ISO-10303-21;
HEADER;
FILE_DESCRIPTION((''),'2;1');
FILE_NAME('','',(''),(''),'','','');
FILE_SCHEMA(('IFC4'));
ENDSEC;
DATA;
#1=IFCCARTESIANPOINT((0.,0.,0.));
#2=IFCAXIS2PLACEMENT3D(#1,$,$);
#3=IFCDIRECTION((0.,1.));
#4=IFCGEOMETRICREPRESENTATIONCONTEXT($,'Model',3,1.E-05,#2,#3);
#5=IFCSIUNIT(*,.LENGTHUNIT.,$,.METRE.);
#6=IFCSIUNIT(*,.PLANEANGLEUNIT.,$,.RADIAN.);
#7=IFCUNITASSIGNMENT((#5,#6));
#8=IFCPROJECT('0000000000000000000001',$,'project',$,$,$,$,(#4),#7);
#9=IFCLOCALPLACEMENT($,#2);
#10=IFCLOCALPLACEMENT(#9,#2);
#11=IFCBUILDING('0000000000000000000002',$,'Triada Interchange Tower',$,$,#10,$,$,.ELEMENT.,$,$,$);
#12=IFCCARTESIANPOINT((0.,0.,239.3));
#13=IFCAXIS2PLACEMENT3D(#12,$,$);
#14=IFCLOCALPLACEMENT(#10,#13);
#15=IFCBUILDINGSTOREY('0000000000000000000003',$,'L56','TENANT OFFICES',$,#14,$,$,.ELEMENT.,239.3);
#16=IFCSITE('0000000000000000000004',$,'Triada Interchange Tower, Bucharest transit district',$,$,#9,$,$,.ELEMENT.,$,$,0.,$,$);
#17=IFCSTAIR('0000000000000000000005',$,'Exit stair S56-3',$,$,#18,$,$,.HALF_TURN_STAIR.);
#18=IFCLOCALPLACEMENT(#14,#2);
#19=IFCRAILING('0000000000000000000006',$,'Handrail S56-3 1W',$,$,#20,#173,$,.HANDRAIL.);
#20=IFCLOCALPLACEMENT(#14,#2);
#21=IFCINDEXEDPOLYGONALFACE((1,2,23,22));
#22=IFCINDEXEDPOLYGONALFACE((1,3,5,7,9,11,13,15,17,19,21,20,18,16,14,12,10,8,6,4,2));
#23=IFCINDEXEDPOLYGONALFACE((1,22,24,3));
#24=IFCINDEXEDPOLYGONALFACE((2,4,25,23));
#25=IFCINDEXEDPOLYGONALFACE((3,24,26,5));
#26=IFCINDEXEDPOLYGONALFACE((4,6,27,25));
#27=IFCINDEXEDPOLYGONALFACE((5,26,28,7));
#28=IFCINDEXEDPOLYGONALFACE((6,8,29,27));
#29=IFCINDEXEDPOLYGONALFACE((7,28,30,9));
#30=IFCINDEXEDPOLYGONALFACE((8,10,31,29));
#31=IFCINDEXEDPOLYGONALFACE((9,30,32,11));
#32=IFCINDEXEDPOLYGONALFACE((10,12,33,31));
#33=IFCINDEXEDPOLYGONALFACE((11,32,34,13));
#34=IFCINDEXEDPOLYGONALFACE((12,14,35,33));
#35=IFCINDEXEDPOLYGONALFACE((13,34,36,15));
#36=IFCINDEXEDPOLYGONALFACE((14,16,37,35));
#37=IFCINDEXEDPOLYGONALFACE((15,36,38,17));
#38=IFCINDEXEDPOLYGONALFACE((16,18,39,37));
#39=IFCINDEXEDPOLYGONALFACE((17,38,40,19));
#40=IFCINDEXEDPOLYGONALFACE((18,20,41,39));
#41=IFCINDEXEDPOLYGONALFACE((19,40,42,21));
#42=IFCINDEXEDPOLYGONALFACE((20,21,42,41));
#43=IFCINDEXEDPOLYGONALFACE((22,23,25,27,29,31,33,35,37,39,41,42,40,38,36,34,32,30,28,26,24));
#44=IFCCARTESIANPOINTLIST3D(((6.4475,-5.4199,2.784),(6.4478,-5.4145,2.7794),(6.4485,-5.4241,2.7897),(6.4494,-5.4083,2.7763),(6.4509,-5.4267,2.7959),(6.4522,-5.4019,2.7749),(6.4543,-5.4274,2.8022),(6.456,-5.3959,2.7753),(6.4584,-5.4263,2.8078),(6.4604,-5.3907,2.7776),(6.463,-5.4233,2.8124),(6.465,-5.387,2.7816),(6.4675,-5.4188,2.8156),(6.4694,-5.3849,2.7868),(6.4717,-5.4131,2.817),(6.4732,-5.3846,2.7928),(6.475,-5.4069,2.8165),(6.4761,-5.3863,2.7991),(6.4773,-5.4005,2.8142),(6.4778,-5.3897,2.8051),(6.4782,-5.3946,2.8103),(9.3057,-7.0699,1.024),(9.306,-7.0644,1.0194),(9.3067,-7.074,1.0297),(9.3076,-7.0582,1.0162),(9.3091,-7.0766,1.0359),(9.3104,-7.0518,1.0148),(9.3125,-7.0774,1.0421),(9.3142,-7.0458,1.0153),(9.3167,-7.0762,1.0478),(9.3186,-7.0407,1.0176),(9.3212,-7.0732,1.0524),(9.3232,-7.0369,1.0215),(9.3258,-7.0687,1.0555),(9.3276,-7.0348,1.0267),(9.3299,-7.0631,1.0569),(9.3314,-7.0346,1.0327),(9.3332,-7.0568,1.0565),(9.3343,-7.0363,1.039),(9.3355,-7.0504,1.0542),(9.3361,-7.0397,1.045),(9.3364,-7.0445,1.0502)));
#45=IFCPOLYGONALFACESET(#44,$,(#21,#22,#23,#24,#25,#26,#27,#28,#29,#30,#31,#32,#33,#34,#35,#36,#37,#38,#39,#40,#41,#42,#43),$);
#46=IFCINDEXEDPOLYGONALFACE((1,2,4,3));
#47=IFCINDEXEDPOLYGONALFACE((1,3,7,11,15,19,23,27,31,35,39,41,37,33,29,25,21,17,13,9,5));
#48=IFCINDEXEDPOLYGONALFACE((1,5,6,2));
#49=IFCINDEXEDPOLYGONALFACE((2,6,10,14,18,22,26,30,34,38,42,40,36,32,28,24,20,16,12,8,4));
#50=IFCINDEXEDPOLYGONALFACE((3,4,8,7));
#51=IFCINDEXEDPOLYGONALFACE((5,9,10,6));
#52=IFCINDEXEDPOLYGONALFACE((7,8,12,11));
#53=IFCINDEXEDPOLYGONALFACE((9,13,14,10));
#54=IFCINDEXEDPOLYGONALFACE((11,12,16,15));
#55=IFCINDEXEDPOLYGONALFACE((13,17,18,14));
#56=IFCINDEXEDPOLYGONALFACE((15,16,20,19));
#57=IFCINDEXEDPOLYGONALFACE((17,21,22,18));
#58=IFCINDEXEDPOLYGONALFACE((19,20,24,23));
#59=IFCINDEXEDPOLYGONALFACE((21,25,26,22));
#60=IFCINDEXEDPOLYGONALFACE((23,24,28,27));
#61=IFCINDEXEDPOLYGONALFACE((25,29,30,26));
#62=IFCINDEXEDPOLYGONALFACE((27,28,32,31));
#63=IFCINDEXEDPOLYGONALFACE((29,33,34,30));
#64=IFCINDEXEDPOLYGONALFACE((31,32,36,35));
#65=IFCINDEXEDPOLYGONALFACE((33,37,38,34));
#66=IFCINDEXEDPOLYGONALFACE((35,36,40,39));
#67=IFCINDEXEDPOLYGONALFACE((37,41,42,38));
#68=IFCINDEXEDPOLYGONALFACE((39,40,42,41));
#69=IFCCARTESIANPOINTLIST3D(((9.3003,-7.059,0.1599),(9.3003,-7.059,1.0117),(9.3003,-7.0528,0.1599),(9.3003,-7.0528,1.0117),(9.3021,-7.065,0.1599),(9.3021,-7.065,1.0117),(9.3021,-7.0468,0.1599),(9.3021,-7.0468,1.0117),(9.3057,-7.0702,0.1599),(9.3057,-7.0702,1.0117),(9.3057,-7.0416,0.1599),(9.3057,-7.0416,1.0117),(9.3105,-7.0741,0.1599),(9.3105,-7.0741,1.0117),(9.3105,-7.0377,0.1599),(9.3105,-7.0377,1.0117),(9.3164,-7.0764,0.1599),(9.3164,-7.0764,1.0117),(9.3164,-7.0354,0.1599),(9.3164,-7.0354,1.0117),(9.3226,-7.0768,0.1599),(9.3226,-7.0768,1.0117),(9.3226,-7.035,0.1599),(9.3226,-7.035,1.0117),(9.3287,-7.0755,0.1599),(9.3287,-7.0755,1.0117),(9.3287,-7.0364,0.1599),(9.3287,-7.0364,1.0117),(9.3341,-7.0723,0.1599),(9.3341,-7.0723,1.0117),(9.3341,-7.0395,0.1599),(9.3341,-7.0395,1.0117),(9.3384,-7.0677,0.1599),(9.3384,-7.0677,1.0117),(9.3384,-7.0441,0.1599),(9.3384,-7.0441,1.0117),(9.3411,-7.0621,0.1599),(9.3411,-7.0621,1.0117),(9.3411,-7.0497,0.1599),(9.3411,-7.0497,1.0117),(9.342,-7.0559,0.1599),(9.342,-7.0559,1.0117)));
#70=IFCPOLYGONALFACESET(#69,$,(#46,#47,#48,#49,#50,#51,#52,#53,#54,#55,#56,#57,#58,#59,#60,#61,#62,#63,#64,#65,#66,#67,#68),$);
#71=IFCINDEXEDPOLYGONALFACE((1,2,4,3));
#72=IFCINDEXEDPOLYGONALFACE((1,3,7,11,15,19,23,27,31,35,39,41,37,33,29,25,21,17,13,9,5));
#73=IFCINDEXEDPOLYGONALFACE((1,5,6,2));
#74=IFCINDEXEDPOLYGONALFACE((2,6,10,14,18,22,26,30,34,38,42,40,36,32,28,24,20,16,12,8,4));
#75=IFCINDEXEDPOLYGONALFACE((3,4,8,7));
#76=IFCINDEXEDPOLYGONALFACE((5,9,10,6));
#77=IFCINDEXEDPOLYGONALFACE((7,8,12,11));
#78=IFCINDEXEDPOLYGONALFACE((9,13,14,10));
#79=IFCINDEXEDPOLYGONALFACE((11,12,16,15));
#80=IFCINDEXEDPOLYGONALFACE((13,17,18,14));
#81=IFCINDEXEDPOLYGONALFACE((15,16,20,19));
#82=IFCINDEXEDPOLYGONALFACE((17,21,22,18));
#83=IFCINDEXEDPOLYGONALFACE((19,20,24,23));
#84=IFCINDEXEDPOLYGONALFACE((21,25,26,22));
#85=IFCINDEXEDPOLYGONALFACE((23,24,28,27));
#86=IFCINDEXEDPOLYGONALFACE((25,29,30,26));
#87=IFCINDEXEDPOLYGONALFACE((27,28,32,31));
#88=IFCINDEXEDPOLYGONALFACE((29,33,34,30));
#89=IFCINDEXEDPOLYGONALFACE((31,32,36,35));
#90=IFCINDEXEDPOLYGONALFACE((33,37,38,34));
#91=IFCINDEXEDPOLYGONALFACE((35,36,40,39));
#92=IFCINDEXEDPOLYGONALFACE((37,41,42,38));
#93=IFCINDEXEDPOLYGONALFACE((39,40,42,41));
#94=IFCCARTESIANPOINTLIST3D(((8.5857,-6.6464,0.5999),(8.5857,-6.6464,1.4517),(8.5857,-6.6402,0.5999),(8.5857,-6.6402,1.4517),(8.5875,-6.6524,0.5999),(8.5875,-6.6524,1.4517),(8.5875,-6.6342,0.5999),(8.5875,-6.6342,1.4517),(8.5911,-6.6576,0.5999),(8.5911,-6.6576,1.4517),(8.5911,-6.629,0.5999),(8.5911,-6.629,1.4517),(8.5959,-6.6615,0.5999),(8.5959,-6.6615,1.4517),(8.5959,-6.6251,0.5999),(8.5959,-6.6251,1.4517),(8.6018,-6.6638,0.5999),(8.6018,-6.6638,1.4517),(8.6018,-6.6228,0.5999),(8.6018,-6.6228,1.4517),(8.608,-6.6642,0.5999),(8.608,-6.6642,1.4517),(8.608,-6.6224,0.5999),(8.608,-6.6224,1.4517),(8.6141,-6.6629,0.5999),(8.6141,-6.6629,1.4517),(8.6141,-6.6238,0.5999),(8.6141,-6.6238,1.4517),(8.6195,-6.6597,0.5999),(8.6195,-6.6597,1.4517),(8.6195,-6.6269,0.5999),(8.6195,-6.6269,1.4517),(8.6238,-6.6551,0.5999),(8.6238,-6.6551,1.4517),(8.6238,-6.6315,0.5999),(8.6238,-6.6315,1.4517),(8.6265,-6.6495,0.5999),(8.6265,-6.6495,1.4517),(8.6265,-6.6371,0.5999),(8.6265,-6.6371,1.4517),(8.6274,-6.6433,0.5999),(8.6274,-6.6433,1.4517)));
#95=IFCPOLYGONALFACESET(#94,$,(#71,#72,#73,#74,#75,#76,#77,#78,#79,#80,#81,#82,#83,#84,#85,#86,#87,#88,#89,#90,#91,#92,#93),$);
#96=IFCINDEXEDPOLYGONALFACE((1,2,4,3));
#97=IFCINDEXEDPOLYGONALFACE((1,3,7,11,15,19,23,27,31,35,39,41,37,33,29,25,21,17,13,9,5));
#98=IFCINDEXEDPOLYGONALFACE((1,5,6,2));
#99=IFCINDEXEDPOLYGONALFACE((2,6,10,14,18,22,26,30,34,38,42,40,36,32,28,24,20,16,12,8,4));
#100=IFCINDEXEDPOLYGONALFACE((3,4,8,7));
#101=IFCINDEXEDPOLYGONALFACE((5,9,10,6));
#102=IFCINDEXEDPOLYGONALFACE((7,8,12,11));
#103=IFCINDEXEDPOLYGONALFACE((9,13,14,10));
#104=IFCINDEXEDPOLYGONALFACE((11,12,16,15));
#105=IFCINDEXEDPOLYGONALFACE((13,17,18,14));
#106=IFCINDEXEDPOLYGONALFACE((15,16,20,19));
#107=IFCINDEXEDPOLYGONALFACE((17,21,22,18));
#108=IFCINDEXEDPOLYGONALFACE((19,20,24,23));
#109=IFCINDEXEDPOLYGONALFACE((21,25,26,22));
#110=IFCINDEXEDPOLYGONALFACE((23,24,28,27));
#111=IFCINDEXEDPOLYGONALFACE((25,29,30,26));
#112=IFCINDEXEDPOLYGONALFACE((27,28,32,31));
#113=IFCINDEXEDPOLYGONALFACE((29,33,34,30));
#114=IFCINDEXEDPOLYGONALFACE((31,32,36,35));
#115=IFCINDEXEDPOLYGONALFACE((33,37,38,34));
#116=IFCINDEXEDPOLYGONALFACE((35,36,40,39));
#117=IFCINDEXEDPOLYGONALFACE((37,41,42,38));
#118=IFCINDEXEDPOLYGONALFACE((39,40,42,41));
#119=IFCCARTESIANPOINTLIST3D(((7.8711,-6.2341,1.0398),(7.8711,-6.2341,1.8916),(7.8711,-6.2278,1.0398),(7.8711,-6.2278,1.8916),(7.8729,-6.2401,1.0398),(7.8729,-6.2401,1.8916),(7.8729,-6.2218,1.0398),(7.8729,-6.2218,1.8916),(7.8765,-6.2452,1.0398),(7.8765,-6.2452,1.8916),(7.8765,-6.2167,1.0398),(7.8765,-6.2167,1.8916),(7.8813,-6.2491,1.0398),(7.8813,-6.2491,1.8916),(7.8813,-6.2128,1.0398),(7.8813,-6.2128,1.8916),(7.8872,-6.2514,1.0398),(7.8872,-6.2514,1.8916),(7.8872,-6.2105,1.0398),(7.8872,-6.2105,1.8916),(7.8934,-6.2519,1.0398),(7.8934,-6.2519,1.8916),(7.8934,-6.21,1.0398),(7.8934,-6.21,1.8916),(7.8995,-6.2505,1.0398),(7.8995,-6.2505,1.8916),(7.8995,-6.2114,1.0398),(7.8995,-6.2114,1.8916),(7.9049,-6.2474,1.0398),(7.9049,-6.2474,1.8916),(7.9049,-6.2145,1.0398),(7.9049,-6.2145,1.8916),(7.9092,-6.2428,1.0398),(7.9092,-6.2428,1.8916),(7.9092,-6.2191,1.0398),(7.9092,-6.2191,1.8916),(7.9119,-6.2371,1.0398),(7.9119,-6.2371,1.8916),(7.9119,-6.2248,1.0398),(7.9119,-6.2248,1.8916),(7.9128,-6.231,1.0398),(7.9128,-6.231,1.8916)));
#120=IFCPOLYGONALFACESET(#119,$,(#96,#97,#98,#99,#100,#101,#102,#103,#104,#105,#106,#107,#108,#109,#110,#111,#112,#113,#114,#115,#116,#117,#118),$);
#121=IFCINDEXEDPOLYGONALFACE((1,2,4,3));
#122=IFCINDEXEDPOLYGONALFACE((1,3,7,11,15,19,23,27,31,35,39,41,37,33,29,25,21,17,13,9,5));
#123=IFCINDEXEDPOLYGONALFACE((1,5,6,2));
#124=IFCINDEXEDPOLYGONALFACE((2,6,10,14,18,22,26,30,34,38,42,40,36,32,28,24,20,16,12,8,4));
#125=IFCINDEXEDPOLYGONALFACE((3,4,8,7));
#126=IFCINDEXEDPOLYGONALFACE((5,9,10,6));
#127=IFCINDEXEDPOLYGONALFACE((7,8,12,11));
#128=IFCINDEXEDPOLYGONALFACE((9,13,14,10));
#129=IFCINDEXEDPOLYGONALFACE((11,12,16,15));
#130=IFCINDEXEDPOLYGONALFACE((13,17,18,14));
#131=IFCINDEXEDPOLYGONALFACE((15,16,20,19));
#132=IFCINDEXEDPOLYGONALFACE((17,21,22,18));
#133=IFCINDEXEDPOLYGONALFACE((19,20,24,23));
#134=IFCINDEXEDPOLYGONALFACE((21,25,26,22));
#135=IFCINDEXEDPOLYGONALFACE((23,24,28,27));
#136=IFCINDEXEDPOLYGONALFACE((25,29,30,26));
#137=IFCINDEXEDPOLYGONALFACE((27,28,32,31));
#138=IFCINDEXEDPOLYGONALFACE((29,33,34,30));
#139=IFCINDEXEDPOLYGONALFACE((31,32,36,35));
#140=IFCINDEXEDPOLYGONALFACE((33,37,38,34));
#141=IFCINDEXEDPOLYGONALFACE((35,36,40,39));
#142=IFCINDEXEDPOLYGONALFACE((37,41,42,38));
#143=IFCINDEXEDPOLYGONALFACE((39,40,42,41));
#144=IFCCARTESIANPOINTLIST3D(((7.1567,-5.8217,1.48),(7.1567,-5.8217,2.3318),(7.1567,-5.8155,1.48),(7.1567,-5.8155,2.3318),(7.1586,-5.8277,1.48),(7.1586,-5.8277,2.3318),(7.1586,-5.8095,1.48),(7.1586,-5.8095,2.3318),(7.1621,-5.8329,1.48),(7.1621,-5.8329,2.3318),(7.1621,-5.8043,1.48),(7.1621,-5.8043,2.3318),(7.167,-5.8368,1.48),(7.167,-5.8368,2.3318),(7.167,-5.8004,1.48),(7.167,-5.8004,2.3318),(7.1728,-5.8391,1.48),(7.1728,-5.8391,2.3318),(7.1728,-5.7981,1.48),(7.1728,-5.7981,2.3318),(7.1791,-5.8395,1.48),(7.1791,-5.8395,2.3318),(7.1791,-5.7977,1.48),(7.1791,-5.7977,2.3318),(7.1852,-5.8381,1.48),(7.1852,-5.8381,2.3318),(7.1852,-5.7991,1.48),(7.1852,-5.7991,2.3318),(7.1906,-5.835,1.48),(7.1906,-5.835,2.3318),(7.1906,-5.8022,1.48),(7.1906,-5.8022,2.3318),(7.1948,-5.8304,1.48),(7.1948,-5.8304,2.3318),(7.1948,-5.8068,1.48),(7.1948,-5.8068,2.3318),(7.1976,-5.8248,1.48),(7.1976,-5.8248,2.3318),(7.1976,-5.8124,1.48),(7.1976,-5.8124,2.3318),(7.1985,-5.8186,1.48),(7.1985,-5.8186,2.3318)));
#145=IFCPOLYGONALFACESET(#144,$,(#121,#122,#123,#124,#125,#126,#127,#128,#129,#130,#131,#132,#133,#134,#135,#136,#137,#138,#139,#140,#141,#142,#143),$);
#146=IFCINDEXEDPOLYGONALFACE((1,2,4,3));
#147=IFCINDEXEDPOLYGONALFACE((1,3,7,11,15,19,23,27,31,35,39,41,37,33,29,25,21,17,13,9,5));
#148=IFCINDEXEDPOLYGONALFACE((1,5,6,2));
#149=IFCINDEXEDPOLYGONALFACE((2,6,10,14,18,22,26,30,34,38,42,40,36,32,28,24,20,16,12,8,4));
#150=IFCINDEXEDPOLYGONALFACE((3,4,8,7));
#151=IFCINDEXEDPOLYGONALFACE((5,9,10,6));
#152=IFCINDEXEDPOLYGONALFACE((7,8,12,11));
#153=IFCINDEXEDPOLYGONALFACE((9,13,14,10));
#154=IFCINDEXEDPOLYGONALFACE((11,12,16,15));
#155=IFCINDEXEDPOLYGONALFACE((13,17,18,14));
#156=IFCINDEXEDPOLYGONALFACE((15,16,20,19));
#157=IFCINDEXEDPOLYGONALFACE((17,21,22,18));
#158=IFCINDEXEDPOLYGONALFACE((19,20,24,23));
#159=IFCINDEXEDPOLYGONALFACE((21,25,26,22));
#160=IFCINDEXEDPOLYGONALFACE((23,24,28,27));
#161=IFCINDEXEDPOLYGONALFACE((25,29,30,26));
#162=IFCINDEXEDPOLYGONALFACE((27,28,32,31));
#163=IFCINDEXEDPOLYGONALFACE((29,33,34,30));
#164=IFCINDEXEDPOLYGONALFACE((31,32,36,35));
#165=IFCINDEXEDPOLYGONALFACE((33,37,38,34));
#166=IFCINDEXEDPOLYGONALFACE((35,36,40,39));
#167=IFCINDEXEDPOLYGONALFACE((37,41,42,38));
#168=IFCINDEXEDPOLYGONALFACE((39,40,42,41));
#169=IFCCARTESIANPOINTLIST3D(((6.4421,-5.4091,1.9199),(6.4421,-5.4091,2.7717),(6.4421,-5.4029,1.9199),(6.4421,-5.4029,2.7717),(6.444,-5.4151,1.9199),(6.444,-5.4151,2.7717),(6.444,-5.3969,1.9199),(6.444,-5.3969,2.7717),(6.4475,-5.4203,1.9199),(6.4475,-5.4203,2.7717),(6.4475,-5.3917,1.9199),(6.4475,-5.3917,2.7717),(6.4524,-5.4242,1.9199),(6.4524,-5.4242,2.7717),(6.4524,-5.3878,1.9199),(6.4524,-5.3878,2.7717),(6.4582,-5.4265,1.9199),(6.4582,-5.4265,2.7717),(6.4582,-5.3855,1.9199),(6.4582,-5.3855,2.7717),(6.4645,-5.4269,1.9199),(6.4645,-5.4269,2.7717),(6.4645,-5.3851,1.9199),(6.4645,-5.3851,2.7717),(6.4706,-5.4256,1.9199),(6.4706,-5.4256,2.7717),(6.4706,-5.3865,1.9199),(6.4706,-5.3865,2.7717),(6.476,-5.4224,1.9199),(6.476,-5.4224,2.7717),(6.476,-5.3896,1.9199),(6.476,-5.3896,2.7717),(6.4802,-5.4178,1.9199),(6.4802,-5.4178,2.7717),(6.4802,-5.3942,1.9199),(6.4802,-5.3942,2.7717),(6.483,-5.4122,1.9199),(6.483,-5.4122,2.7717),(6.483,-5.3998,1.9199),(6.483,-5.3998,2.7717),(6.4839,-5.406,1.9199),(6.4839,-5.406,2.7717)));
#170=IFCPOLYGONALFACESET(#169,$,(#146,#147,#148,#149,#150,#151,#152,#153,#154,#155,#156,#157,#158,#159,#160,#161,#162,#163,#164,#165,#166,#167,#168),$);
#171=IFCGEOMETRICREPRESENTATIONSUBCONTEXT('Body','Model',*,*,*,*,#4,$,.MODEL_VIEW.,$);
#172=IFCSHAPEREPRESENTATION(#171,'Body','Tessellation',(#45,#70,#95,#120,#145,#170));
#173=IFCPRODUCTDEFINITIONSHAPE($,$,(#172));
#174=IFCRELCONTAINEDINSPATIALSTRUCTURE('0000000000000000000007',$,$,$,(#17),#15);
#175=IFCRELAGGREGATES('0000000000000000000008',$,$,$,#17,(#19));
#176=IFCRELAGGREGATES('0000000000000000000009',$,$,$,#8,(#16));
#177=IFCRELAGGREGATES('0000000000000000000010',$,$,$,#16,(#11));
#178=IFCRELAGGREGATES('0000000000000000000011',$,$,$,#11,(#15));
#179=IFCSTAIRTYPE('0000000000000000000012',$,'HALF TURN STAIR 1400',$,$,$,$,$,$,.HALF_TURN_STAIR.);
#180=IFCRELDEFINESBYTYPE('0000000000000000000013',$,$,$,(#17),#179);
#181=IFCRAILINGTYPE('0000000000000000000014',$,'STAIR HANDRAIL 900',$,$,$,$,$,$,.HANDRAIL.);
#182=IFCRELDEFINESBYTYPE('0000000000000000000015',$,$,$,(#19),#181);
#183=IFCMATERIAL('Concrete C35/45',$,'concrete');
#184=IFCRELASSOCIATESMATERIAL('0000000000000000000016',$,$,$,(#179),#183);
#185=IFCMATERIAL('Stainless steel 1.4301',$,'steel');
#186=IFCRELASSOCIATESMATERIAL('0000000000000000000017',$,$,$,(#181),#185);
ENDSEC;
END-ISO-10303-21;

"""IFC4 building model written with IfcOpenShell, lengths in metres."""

from ifc_helpers import new_model, si_unit, direction, frame, origin, origin_2d, place, context, subcontext, project, spatial, circle, extrude, material, type_object, element, aggregate, save


model = new_model("IFC4")

# Units and contexts
model_context = context("Model", 3, precision=1e-05, world=origin(), true_north=direction((0.0, 1.0)))
body_context = subcontext(model_context, "Body", "Model", "MODEL_VIEW")
ifc_project = project(units=[si_unit("LENGTHUNIT", "METRE"), si_unit("PLANEANGLEUNIT", "RADIAN")], contexts=[model_context])

# Site, building, storey
site_placement = place(None, origin())
site = spatial("IfcSite", under=ifc_project, at=site_placement, Name="Triada Interchange Tower, Bucharest transit district", CompositionType="ELEMENT", RefElevation=0.0)
building_placement = place(site_placement, origin())
building = spatial("IfcBuilding", under=site, at=building_placement, Name="Triada Interchange Tower", CompositionType="ELEMENT")
storey_placement = place(building_placement, frame((0.0, 0.0, 239.3)))
storey = spatial("IfcBuildingStorey", under=building, at=storey_placement, Name="L56", Description="TENANT OFFICES", CompositionType="ELEMENT", Elevation=239.3)

# Stair, railing
ifc_material_1 = material(Name="Concrete C35/45", Category="concrete")
stair_type = type_object("IfcStairType", Name="HALF TURN STAIR 1400", PredefinedType="HALF_TURN_STAIR", material=ifc_material_1)
stair_placement = place(storey_placement, origin())
stair = element("IfcStair", 1, at=stair_placement, inside=storey, type_object=stair_type, Name="Exit stair S56-3", PredefinedType="HALF_TURN_STAIR")
ifc_material_2 = material(Name="Stainless steel 1.4301", Category="steel")
railing_type = type_object("IfcRailingType", Name="STAIR HANDRAIL 900", PredefinedType="HANDRAIL", material=ifc_material_2)
railing_1_placement = place(storey_placement, frame((9.321, -7.0559, 0.1599)))
railing_1 = element("IfcRailing", 2, at=railing_1_placement, type_object=railing_type, Name="Handrail S56-3 1W", PredefinedType="HANDRAIL", context=body_context, shape_type="SweptSolid", body=[
    extrude(circle(Radius=0.0239, at=origin_2d()), frame((0.0, 0.0, 0.876), z_axis=(-0.764178, 0.441131, 0.47057), x_axis=(-0.499942, -0.866059, 0.0)), (0.0, 0.0, 1.0), 3.7402),
    extrude(circle(Radius=0.021, at=origin_2d()), origin(), (0.0, 0.0, 1.0), 0.8518),
    extrude(circle(Radius=0.021, at=origin_2d()), frame((-0.7146, 0.4126, 0.4399)), (0.0, 0.0, 1.0), 0.8518),
    extrude(circle(Radius=0.021, at=origin_2d()), frame((-1.4292, 0.825, 0.8799)), (0.0, 0.0, 1.0), 0.8518),
    extrude(circle(Radius=0.021, at=origin_2d()), frame((-2.1436, 1.2373, 1.3201)), (0.0, 0.0, 1.0), 0.8518),
    extrude(circle(Radius=0.021, at=origin_2d()), frame((-2.8582, 1.6499, 1.76)), (0.0, 0.0, 1.0), 0.8518),
])
aggregate(stair, [railing_1])

save(model, "model.ifc")
